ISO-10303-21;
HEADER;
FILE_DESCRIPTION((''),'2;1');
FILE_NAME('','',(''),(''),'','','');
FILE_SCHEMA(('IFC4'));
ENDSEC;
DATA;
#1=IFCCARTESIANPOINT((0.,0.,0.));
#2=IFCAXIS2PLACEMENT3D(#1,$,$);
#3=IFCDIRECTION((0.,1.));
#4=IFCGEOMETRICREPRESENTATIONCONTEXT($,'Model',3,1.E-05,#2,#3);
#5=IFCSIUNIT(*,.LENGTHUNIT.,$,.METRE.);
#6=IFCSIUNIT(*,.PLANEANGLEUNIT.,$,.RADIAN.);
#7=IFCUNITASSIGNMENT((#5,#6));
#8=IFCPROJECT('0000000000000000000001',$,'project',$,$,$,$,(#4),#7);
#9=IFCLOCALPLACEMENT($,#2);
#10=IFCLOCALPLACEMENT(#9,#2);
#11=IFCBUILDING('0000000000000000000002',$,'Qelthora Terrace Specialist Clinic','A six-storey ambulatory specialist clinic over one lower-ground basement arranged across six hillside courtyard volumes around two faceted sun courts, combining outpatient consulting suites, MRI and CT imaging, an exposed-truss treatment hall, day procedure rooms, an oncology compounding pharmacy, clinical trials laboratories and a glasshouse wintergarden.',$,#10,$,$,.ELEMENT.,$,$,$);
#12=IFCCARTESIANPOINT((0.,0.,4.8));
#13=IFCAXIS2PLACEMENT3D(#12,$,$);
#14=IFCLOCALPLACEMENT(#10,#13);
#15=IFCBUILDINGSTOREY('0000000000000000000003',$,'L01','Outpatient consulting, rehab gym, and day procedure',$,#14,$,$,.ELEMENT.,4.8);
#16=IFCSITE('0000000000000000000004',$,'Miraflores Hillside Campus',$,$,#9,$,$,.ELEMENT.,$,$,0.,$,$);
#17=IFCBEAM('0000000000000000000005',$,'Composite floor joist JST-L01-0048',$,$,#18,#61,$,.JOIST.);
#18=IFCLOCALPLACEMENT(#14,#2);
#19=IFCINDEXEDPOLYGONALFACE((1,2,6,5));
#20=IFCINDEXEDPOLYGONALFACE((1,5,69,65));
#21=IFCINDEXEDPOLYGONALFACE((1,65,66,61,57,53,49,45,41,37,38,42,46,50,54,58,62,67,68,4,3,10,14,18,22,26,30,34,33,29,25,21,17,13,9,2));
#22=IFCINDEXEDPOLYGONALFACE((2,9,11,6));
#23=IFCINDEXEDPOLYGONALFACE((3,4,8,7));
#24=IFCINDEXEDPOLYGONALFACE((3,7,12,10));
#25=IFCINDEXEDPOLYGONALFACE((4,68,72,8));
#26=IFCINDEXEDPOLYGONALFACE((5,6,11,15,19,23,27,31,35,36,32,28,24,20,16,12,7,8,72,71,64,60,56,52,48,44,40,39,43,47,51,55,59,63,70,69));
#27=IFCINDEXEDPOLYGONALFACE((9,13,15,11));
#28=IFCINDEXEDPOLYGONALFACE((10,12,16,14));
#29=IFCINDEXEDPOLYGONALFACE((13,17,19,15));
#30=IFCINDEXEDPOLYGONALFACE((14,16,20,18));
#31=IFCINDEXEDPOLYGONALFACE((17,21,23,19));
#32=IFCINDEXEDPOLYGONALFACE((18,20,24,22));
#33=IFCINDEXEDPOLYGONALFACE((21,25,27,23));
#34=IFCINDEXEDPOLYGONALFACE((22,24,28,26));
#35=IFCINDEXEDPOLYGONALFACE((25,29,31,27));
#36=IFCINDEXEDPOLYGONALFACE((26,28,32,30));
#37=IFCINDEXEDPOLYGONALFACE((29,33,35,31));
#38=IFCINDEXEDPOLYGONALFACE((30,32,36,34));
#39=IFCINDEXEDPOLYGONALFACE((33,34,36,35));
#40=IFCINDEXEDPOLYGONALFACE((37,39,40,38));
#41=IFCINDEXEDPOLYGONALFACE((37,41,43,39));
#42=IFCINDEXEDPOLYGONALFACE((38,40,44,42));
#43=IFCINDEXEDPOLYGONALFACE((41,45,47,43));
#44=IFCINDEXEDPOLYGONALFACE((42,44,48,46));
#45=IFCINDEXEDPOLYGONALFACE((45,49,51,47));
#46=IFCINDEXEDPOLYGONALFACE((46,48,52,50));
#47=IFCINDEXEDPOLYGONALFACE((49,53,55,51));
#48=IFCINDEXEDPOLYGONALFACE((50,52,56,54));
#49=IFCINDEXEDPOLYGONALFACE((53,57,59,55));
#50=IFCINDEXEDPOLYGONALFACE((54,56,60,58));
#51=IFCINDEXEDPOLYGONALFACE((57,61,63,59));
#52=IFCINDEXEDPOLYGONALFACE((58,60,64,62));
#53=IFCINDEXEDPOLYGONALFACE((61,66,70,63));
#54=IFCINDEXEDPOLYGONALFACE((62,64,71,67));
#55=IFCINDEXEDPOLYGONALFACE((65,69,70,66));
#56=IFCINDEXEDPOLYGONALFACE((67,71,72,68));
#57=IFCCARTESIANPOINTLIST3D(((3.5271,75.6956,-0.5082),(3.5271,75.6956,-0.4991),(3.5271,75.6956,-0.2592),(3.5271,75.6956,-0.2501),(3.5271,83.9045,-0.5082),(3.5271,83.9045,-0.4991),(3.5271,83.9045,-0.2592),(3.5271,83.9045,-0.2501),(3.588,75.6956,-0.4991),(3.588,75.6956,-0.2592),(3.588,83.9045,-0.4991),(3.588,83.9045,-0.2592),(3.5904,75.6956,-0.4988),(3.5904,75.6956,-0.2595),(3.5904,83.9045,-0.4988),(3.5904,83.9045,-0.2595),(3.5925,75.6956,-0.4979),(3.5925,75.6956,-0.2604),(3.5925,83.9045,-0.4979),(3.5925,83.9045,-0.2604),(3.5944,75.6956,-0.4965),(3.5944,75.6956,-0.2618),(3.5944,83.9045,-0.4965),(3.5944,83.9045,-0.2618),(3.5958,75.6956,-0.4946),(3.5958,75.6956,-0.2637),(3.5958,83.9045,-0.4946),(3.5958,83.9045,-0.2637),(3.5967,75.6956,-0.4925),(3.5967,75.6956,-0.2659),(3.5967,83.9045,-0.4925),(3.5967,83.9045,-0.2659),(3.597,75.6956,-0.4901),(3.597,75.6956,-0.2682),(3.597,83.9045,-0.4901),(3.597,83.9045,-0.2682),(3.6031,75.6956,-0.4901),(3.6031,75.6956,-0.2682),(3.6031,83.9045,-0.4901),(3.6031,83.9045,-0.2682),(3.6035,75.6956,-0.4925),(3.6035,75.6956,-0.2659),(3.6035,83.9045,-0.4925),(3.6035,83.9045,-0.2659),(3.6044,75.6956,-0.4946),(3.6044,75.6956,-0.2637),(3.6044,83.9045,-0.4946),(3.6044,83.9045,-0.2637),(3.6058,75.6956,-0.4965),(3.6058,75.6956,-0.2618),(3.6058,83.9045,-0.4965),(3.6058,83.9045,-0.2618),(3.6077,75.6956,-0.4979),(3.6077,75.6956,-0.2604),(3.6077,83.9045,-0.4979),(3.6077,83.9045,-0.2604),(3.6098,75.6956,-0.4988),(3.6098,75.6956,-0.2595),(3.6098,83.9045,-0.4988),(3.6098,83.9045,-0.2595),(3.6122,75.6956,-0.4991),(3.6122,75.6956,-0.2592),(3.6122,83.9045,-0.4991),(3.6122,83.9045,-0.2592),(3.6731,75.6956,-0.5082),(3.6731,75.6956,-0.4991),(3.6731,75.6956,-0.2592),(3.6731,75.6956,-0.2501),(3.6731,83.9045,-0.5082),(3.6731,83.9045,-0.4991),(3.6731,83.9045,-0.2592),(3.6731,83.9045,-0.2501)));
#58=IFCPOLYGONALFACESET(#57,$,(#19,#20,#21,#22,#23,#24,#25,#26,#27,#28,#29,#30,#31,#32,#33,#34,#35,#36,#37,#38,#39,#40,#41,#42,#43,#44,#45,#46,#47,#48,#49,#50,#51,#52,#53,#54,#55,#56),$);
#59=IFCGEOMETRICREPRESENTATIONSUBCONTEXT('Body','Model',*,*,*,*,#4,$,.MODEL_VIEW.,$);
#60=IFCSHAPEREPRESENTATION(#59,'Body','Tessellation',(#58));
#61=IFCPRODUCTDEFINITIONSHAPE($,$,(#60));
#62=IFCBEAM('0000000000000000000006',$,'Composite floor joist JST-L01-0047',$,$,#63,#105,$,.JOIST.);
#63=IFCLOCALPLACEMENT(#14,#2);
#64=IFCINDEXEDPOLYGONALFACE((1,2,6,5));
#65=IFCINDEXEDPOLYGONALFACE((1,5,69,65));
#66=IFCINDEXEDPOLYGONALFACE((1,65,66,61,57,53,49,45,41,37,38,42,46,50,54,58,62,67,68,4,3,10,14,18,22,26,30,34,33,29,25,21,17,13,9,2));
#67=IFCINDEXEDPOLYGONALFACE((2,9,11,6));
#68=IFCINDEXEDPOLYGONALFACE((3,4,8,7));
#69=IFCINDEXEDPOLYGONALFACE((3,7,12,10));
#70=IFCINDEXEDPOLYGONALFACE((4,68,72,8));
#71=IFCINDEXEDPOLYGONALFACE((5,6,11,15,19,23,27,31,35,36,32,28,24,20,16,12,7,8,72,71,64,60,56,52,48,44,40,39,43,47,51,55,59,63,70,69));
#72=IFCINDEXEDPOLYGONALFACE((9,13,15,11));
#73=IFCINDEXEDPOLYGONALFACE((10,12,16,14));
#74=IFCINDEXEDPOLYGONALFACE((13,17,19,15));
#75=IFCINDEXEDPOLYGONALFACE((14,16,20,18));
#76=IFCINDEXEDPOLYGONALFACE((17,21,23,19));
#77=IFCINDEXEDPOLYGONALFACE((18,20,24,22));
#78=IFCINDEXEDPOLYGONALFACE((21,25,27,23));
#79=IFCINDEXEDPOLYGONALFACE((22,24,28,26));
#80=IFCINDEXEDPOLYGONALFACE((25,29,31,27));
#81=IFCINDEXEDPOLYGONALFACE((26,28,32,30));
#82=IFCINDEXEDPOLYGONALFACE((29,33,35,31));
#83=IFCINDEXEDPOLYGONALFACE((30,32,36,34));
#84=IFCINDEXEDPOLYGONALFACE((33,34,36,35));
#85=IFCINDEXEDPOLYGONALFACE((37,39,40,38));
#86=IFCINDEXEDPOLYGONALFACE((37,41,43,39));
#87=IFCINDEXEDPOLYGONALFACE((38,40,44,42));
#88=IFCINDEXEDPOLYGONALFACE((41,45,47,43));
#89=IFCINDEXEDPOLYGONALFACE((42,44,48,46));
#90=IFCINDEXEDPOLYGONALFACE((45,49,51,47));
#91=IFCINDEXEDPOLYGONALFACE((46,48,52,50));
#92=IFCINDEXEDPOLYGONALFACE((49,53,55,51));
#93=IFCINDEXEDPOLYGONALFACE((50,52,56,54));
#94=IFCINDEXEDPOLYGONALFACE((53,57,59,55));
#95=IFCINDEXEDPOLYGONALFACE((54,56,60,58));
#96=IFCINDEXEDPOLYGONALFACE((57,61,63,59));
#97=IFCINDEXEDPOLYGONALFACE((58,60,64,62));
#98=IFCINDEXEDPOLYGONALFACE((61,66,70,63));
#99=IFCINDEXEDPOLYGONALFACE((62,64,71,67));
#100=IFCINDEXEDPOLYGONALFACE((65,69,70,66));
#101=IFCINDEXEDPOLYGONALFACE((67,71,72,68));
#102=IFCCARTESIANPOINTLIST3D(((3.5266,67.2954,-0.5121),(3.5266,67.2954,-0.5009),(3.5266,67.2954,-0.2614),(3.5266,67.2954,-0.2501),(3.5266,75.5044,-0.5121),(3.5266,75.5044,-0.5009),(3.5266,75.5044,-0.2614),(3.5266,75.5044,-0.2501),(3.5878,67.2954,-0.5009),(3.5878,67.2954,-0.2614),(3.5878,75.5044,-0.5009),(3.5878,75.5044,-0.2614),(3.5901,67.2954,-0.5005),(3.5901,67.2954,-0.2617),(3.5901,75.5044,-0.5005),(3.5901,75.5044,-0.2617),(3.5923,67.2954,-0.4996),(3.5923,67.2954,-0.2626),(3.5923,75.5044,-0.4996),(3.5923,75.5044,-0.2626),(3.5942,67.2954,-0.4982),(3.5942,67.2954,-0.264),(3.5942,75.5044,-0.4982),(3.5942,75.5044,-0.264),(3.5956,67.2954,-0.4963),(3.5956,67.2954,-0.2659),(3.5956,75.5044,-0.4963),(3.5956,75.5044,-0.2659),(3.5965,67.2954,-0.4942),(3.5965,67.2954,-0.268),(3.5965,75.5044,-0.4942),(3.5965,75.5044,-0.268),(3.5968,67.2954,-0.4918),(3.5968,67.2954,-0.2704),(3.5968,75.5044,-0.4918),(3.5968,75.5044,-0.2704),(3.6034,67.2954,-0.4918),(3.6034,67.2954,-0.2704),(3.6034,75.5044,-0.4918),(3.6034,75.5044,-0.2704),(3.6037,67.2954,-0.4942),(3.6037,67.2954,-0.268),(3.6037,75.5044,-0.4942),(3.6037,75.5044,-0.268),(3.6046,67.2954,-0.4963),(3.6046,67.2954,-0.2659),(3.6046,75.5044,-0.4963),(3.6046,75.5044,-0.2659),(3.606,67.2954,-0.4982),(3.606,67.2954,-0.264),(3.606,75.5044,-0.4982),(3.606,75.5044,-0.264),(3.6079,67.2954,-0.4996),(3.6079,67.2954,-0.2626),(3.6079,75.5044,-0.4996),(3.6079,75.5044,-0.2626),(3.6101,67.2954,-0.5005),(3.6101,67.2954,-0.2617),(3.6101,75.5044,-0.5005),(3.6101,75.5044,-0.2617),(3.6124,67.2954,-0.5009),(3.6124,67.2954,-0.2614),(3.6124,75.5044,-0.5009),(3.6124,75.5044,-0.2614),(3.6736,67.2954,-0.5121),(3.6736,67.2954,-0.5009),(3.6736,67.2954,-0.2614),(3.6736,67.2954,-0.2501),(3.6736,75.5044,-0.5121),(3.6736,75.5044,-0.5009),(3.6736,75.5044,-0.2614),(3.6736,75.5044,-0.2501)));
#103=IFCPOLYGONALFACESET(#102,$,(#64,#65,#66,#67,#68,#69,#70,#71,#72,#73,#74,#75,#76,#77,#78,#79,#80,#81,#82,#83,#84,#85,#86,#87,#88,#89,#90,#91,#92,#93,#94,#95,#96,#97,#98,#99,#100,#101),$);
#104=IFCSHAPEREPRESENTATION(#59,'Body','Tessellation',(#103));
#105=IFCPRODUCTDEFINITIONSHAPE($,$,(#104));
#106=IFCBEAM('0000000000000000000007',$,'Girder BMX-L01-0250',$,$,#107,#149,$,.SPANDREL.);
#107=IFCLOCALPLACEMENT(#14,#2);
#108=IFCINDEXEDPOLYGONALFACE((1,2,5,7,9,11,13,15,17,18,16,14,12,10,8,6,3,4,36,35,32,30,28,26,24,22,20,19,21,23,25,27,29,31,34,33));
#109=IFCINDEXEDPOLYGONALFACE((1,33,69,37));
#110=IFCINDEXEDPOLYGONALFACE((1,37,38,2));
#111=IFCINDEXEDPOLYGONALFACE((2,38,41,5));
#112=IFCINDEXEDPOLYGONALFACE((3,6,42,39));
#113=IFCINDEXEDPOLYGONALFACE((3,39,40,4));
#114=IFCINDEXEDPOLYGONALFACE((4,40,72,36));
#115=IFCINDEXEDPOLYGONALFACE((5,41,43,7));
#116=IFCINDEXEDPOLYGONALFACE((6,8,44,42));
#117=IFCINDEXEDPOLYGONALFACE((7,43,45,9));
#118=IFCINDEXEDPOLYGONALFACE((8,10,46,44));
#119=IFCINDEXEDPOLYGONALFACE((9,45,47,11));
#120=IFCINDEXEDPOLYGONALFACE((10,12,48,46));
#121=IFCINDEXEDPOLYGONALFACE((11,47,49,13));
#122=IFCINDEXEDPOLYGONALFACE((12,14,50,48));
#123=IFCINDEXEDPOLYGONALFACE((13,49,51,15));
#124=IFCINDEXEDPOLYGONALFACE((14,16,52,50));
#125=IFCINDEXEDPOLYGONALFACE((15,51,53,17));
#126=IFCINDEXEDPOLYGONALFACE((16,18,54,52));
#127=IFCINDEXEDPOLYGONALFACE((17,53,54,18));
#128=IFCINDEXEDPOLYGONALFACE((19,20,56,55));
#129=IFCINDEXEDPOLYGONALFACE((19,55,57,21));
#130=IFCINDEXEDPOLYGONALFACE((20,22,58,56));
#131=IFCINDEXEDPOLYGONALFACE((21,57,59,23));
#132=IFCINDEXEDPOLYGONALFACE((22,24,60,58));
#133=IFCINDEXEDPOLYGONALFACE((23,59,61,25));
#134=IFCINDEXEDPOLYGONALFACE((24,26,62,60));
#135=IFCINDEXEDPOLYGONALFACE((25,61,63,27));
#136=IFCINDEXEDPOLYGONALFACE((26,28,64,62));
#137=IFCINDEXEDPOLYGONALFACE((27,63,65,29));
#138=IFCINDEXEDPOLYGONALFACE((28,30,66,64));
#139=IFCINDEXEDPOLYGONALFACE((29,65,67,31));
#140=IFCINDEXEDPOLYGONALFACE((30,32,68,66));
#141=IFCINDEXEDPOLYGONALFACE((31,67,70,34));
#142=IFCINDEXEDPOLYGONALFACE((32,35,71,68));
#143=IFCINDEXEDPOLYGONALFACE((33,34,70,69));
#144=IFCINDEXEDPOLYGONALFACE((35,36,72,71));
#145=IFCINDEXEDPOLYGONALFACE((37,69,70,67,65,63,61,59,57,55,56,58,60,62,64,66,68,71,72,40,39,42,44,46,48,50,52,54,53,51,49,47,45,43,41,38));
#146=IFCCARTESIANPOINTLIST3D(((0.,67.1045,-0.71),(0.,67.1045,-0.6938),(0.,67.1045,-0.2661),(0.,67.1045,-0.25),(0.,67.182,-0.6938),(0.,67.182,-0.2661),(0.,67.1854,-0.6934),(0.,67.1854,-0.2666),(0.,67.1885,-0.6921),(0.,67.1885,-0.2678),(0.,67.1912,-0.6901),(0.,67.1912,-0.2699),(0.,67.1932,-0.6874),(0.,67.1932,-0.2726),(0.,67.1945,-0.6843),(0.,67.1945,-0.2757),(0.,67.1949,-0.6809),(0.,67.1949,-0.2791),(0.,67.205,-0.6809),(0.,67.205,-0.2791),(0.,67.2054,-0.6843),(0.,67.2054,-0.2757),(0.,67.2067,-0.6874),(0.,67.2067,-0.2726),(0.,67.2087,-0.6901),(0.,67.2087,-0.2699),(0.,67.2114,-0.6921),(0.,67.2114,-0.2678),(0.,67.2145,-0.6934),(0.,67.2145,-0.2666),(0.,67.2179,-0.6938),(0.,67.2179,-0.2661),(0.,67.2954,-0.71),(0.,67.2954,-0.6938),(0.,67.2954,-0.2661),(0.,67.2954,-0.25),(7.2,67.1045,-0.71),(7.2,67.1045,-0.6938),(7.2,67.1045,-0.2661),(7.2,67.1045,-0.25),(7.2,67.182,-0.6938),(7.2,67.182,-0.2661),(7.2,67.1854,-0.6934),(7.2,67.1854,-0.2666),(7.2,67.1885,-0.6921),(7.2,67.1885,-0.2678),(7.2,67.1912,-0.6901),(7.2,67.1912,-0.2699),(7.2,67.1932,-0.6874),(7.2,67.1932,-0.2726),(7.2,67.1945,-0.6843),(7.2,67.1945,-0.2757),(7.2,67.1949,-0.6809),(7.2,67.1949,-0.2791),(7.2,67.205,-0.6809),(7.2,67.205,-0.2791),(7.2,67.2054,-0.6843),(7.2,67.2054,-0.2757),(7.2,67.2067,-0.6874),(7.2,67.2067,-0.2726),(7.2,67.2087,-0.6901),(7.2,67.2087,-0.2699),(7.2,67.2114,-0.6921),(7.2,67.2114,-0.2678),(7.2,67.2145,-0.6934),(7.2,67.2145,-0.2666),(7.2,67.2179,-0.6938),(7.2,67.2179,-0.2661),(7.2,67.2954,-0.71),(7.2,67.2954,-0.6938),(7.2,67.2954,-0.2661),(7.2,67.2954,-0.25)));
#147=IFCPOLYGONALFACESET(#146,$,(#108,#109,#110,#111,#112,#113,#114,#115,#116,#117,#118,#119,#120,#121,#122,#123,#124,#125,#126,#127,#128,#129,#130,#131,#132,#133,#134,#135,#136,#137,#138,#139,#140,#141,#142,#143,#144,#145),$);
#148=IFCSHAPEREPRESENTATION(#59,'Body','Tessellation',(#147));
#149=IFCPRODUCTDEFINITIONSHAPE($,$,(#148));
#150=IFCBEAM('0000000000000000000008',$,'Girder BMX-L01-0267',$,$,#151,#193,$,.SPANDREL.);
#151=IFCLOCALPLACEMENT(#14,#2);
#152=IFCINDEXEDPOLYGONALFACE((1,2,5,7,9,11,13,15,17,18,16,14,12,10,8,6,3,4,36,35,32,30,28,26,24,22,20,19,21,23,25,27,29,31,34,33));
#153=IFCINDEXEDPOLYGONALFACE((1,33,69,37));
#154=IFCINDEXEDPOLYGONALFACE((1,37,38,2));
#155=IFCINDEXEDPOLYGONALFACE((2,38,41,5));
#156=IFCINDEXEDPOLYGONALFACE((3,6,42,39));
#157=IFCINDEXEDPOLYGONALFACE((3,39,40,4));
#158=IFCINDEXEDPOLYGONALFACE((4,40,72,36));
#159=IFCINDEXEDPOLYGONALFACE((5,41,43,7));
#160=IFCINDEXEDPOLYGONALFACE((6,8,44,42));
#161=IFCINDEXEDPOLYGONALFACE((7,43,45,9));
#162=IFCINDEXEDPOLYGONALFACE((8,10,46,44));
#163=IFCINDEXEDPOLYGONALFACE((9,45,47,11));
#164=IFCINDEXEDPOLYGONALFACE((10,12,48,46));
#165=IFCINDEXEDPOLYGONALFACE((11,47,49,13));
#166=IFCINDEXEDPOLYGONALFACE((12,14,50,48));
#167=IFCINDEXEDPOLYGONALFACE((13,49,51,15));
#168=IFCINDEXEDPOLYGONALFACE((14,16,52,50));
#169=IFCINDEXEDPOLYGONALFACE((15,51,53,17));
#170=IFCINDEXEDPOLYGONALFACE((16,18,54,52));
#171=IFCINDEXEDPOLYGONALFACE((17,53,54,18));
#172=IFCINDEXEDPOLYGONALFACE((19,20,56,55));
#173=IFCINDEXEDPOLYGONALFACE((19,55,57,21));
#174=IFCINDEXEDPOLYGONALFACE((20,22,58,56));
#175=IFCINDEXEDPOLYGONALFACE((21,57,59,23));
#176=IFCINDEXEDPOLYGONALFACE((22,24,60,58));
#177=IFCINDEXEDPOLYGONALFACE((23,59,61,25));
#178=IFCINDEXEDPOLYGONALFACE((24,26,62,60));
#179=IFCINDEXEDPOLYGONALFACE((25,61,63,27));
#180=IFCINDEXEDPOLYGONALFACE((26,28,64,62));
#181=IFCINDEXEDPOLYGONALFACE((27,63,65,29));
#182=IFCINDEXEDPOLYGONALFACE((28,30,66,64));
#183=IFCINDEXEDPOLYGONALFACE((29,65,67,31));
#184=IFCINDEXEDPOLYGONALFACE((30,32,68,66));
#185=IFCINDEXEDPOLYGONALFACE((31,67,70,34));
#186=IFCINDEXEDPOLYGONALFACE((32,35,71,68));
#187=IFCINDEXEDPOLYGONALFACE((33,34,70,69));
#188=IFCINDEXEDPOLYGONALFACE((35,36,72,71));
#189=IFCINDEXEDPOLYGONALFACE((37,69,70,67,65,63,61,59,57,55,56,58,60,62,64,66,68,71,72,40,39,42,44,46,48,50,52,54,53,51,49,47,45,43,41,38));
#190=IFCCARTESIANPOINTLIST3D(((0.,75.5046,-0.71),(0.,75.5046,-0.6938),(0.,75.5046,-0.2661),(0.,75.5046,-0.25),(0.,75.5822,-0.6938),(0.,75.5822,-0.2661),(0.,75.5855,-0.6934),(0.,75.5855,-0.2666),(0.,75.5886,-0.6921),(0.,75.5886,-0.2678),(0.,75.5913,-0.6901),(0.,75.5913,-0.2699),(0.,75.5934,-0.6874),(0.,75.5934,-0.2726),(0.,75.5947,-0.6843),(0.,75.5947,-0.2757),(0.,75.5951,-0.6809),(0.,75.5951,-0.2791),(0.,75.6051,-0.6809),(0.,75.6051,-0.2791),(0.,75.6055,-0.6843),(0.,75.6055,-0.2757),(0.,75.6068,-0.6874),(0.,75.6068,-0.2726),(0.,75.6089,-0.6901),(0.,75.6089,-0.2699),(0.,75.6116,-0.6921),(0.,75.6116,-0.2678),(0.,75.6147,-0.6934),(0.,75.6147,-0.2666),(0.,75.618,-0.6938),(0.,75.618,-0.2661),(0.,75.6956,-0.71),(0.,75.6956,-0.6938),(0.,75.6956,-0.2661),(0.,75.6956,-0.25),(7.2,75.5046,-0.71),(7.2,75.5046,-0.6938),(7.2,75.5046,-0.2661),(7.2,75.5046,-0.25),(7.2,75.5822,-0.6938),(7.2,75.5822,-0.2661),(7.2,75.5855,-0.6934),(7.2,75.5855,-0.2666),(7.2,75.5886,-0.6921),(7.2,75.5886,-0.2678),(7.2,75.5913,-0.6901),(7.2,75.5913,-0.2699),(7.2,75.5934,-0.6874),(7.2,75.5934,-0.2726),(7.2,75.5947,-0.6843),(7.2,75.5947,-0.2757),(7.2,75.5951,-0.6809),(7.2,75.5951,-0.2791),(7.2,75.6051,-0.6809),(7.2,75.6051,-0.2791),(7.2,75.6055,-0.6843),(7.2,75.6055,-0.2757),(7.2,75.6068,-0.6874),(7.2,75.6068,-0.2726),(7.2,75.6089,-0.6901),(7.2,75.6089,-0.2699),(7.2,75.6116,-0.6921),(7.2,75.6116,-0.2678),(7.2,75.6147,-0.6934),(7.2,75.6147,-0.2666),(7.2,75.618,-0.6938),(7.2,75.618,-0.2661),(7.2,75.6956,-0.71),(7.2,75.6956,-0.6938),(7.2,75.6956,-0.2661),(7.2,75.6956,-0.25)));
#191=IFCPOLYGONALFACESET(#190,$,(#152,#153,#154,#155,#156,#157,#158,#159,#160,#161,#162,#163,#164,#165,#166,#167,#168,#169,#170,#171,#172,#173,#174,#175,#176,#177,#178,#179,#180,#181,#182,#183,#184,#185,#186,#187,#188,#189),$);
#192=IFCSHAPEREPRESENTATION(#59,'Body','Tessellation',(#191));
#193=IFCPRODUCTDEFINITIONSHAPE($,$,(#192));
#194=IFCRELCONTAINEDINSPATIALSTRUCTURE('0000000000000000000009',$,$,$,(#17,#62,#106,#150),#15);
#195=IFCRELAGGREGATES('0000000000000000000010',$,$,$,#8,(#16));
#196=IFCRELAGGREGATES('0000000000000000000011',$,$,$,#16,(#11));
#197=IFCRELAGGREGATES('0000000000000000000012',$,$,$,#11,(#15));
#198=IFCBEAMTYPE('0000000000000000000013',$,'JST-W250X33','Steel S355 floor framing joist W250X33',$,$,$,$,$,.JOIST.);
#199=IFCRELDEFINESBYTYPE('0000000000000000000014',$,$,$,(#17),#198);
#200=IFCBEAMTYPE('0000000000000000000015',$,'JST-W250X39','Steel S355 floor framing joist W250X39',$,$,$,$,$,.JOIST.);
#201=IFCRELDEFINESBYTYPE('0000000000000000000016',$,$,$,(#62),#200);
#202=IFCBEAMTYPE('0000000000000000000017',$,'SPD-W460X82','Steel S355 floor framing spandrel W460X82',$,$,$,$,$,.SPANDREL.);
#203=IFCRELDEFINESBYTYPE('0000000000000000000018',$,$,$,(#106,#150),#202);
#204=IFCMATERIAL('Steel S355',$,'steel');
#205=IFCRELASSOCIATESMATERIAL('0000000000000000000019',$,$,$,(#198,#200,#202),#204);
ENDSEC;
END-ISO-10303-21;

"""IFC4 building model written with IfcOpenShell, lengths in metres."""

from ifc_helpers import new_model, si_unit, direction, frame, origin, origin_2d, place, context, subcontext, project, spatial, i_section, extrude, material, material_profile, profile_set, type_object, element, save


model = new_model("IFC4")

# Units and contexts
model_context = context("Model", 3, precision=1e-05, world=origin(), true_north=direction((0.0, 1.0)))
body_context = subcontext(model_context, "Body", "Model", "MODEL_VIEW")
ifc_project = project(units=[si_unit("LENGTHUNIT", "METRE"), si_unit("PLANEANGLEUNIT", "RADIAN")], contexts=[model_context])

# Site, building, storey
site_placement = place(None, origin())
site = spatial("IfcSite", under=ifc_project, at=site_placement, Name="Miraflores Hillside Campus", CompositionType="ELEMENT", RefElevation=0.0)
building_placement = place(site_placement, origin())
building = spatial("IfcBuilding", under=site, at=building_placement, Name="Qelthora Terrace Specialist Clinic", Description="A six-storey ambulatory specialist clinic over one lower-ground basement arranged across six hillside courtyard volumes around two faceted sun courts, combining outpatient consulting suites, MRI and CT imaging, an exposed-truss treatment hall, day procedure rooms, an oncology compounding pharmacy, clinical trials laboratories and a glasshouse wintergarden.", CompositionType="ELEMENT")
storey_placement = place(building_placement, frame((0.0, 0.0, 4.8)))
storey = spatial("IfcBuildingStorey", under=building, at=storey_placement, Name="L01", Description="Outpatient consulting, rehab gym, and day procedure", CompositionType="ELEMENT", Elevation=4.8)

# Shared definitions
ifc_material_1 = material(Name="Steel S355", Category="steel")

# Beams
ifc_material_profile_1 = material_profile(ifc_material_1, i_section(OverallWidth=0.146, OverallDepth=0.2581, WebThickness=0.0061, FlangeThickness=0.009, FilletRadius=0.009, at=origin_2d()), Name="W250X33")
ifc_profile_set_1 = profile_set([ifc_material_profile_1], Name="Steel S355")
beam_type_1 = type_object("IfcBeamType", Name="JST-W250X33", Description="Steel S355 floor framing joist W250X33", PredefinedType="JOIST", material=ifc_profile_set_1)
beam_1_placement = place(storey_placement, frame((3.6001, 75.6956, -0.3792), z_axis=(0.0, 1.0, 0.0), x_axis=(-1.0, 0.0, 0.0)))
element("IfcBeam", 1, at=beam_1_placement, inside=storey, type_object=beam_type_1, Name="Composite floor joist JST-L01-0048", PredefinedType="JOIST", context=body_context, shape_type="SweptSolid", body=[
    extrude(i_section(OverallWidth=0.146, OverallDepth=0.2581, WebThickness=0.0061, FlangeThickness=0.009, FilletRadius=0.009, at=origin_2d()), origin(), (0.0, 0.0, 1.0), 8.209),
])
ifc_material_profile_2 = material_profile(ifc_material_1, i_section(OverallWidth=0.147, OverallDepth=0.262, WebThickness=0.0066, FlangeThickness=0.0112, FilletRadius=0.009, at=origin_2d()), Name="W250X39")
ifc_profile_set_2 = profile_set([ifc_material_profile_2], Name="Steel S355")
beam_type_2 = type_object("IfcBeamType", Name="JST-W250X39", Description="Steel S355 floor framing joist W250X39", PredefinedType="JOIST", material=ifc_profile_set_2)
beam_2_placement = place(storey_placement, frame((3.6001, 67.2954, -0.3811), z_axis=(0.0, 1.0, 0.0), x_axis=(-1.0, 0.0, 0.0)))
element("IfcBeam", 2, at=beam_2_placement, inside=storey, type_object=beam_type_2, Name="Composite floor joist JST-L01-0047", PredefinedType="JOIST", context=body_context, shape_type="SweptSolid", body=[
    extrude(i_section(OverallWidth=0.147, OverallDepth=0.262, WebThickness=0.0066, FlangeThickness=0.0112, FilletRadius=0.009, at=origin_2d()), origin(), (0.0, 0.0, 1.0), 8.209),
])
ifc_material_profile_3 = material_profile(ifc_material_1, i_section(OverallWidth=0.1909, OverallDepth=0.46, WebThickness=0.01, FlangeThickness=0.0161, FilletRadius=0.0129, at=origin_2d()), Name="W460X82")
ifc_profile_set_3 = profile_set([ifc_material_profile_3], Name="Steel S355")
beam_type_3 = type_object("IfcBeamType", Name="SPD-W460X82", Description="Steel S355 floor framing spandrel W460X82", PredefinedType="SPANDREL", material=ifc_profile_set_3)
for number, where, z_axis, x_axis, name in (
    (3, (0.0, 67.2, -0.48), (1.0, 0.0, 0.0), (0.0, 1.0, 0.0), "Girder BMX-L01-0250"),
    (4, (0.0, 75.6001, -0.48), (1.0, 0.0, 0.0), (0.0, 1.0, 0.0), "Girder BMX-L01-0267"),
):
    element("IfcBeam", number, at=place(storey_placement, frame(where, z_axis=z_axis, x_axis=x_axis)), inside=storey, type_object=beam_type_3, Name=name, PredefinedType="SPANDREL", context=body_context, shape_type="SweptSolid", body=[
        extrude(i_section(OverallWidth=0.1909, OverallDepth=0.46, WebThickness=0.01, FlangeThickness=0.0161, FilletRadius=0.0129, at=origin_2d()), origin(), (0.0, 0.0, 1.0), 7.2),
    ])

save(model, "model.ifc")
